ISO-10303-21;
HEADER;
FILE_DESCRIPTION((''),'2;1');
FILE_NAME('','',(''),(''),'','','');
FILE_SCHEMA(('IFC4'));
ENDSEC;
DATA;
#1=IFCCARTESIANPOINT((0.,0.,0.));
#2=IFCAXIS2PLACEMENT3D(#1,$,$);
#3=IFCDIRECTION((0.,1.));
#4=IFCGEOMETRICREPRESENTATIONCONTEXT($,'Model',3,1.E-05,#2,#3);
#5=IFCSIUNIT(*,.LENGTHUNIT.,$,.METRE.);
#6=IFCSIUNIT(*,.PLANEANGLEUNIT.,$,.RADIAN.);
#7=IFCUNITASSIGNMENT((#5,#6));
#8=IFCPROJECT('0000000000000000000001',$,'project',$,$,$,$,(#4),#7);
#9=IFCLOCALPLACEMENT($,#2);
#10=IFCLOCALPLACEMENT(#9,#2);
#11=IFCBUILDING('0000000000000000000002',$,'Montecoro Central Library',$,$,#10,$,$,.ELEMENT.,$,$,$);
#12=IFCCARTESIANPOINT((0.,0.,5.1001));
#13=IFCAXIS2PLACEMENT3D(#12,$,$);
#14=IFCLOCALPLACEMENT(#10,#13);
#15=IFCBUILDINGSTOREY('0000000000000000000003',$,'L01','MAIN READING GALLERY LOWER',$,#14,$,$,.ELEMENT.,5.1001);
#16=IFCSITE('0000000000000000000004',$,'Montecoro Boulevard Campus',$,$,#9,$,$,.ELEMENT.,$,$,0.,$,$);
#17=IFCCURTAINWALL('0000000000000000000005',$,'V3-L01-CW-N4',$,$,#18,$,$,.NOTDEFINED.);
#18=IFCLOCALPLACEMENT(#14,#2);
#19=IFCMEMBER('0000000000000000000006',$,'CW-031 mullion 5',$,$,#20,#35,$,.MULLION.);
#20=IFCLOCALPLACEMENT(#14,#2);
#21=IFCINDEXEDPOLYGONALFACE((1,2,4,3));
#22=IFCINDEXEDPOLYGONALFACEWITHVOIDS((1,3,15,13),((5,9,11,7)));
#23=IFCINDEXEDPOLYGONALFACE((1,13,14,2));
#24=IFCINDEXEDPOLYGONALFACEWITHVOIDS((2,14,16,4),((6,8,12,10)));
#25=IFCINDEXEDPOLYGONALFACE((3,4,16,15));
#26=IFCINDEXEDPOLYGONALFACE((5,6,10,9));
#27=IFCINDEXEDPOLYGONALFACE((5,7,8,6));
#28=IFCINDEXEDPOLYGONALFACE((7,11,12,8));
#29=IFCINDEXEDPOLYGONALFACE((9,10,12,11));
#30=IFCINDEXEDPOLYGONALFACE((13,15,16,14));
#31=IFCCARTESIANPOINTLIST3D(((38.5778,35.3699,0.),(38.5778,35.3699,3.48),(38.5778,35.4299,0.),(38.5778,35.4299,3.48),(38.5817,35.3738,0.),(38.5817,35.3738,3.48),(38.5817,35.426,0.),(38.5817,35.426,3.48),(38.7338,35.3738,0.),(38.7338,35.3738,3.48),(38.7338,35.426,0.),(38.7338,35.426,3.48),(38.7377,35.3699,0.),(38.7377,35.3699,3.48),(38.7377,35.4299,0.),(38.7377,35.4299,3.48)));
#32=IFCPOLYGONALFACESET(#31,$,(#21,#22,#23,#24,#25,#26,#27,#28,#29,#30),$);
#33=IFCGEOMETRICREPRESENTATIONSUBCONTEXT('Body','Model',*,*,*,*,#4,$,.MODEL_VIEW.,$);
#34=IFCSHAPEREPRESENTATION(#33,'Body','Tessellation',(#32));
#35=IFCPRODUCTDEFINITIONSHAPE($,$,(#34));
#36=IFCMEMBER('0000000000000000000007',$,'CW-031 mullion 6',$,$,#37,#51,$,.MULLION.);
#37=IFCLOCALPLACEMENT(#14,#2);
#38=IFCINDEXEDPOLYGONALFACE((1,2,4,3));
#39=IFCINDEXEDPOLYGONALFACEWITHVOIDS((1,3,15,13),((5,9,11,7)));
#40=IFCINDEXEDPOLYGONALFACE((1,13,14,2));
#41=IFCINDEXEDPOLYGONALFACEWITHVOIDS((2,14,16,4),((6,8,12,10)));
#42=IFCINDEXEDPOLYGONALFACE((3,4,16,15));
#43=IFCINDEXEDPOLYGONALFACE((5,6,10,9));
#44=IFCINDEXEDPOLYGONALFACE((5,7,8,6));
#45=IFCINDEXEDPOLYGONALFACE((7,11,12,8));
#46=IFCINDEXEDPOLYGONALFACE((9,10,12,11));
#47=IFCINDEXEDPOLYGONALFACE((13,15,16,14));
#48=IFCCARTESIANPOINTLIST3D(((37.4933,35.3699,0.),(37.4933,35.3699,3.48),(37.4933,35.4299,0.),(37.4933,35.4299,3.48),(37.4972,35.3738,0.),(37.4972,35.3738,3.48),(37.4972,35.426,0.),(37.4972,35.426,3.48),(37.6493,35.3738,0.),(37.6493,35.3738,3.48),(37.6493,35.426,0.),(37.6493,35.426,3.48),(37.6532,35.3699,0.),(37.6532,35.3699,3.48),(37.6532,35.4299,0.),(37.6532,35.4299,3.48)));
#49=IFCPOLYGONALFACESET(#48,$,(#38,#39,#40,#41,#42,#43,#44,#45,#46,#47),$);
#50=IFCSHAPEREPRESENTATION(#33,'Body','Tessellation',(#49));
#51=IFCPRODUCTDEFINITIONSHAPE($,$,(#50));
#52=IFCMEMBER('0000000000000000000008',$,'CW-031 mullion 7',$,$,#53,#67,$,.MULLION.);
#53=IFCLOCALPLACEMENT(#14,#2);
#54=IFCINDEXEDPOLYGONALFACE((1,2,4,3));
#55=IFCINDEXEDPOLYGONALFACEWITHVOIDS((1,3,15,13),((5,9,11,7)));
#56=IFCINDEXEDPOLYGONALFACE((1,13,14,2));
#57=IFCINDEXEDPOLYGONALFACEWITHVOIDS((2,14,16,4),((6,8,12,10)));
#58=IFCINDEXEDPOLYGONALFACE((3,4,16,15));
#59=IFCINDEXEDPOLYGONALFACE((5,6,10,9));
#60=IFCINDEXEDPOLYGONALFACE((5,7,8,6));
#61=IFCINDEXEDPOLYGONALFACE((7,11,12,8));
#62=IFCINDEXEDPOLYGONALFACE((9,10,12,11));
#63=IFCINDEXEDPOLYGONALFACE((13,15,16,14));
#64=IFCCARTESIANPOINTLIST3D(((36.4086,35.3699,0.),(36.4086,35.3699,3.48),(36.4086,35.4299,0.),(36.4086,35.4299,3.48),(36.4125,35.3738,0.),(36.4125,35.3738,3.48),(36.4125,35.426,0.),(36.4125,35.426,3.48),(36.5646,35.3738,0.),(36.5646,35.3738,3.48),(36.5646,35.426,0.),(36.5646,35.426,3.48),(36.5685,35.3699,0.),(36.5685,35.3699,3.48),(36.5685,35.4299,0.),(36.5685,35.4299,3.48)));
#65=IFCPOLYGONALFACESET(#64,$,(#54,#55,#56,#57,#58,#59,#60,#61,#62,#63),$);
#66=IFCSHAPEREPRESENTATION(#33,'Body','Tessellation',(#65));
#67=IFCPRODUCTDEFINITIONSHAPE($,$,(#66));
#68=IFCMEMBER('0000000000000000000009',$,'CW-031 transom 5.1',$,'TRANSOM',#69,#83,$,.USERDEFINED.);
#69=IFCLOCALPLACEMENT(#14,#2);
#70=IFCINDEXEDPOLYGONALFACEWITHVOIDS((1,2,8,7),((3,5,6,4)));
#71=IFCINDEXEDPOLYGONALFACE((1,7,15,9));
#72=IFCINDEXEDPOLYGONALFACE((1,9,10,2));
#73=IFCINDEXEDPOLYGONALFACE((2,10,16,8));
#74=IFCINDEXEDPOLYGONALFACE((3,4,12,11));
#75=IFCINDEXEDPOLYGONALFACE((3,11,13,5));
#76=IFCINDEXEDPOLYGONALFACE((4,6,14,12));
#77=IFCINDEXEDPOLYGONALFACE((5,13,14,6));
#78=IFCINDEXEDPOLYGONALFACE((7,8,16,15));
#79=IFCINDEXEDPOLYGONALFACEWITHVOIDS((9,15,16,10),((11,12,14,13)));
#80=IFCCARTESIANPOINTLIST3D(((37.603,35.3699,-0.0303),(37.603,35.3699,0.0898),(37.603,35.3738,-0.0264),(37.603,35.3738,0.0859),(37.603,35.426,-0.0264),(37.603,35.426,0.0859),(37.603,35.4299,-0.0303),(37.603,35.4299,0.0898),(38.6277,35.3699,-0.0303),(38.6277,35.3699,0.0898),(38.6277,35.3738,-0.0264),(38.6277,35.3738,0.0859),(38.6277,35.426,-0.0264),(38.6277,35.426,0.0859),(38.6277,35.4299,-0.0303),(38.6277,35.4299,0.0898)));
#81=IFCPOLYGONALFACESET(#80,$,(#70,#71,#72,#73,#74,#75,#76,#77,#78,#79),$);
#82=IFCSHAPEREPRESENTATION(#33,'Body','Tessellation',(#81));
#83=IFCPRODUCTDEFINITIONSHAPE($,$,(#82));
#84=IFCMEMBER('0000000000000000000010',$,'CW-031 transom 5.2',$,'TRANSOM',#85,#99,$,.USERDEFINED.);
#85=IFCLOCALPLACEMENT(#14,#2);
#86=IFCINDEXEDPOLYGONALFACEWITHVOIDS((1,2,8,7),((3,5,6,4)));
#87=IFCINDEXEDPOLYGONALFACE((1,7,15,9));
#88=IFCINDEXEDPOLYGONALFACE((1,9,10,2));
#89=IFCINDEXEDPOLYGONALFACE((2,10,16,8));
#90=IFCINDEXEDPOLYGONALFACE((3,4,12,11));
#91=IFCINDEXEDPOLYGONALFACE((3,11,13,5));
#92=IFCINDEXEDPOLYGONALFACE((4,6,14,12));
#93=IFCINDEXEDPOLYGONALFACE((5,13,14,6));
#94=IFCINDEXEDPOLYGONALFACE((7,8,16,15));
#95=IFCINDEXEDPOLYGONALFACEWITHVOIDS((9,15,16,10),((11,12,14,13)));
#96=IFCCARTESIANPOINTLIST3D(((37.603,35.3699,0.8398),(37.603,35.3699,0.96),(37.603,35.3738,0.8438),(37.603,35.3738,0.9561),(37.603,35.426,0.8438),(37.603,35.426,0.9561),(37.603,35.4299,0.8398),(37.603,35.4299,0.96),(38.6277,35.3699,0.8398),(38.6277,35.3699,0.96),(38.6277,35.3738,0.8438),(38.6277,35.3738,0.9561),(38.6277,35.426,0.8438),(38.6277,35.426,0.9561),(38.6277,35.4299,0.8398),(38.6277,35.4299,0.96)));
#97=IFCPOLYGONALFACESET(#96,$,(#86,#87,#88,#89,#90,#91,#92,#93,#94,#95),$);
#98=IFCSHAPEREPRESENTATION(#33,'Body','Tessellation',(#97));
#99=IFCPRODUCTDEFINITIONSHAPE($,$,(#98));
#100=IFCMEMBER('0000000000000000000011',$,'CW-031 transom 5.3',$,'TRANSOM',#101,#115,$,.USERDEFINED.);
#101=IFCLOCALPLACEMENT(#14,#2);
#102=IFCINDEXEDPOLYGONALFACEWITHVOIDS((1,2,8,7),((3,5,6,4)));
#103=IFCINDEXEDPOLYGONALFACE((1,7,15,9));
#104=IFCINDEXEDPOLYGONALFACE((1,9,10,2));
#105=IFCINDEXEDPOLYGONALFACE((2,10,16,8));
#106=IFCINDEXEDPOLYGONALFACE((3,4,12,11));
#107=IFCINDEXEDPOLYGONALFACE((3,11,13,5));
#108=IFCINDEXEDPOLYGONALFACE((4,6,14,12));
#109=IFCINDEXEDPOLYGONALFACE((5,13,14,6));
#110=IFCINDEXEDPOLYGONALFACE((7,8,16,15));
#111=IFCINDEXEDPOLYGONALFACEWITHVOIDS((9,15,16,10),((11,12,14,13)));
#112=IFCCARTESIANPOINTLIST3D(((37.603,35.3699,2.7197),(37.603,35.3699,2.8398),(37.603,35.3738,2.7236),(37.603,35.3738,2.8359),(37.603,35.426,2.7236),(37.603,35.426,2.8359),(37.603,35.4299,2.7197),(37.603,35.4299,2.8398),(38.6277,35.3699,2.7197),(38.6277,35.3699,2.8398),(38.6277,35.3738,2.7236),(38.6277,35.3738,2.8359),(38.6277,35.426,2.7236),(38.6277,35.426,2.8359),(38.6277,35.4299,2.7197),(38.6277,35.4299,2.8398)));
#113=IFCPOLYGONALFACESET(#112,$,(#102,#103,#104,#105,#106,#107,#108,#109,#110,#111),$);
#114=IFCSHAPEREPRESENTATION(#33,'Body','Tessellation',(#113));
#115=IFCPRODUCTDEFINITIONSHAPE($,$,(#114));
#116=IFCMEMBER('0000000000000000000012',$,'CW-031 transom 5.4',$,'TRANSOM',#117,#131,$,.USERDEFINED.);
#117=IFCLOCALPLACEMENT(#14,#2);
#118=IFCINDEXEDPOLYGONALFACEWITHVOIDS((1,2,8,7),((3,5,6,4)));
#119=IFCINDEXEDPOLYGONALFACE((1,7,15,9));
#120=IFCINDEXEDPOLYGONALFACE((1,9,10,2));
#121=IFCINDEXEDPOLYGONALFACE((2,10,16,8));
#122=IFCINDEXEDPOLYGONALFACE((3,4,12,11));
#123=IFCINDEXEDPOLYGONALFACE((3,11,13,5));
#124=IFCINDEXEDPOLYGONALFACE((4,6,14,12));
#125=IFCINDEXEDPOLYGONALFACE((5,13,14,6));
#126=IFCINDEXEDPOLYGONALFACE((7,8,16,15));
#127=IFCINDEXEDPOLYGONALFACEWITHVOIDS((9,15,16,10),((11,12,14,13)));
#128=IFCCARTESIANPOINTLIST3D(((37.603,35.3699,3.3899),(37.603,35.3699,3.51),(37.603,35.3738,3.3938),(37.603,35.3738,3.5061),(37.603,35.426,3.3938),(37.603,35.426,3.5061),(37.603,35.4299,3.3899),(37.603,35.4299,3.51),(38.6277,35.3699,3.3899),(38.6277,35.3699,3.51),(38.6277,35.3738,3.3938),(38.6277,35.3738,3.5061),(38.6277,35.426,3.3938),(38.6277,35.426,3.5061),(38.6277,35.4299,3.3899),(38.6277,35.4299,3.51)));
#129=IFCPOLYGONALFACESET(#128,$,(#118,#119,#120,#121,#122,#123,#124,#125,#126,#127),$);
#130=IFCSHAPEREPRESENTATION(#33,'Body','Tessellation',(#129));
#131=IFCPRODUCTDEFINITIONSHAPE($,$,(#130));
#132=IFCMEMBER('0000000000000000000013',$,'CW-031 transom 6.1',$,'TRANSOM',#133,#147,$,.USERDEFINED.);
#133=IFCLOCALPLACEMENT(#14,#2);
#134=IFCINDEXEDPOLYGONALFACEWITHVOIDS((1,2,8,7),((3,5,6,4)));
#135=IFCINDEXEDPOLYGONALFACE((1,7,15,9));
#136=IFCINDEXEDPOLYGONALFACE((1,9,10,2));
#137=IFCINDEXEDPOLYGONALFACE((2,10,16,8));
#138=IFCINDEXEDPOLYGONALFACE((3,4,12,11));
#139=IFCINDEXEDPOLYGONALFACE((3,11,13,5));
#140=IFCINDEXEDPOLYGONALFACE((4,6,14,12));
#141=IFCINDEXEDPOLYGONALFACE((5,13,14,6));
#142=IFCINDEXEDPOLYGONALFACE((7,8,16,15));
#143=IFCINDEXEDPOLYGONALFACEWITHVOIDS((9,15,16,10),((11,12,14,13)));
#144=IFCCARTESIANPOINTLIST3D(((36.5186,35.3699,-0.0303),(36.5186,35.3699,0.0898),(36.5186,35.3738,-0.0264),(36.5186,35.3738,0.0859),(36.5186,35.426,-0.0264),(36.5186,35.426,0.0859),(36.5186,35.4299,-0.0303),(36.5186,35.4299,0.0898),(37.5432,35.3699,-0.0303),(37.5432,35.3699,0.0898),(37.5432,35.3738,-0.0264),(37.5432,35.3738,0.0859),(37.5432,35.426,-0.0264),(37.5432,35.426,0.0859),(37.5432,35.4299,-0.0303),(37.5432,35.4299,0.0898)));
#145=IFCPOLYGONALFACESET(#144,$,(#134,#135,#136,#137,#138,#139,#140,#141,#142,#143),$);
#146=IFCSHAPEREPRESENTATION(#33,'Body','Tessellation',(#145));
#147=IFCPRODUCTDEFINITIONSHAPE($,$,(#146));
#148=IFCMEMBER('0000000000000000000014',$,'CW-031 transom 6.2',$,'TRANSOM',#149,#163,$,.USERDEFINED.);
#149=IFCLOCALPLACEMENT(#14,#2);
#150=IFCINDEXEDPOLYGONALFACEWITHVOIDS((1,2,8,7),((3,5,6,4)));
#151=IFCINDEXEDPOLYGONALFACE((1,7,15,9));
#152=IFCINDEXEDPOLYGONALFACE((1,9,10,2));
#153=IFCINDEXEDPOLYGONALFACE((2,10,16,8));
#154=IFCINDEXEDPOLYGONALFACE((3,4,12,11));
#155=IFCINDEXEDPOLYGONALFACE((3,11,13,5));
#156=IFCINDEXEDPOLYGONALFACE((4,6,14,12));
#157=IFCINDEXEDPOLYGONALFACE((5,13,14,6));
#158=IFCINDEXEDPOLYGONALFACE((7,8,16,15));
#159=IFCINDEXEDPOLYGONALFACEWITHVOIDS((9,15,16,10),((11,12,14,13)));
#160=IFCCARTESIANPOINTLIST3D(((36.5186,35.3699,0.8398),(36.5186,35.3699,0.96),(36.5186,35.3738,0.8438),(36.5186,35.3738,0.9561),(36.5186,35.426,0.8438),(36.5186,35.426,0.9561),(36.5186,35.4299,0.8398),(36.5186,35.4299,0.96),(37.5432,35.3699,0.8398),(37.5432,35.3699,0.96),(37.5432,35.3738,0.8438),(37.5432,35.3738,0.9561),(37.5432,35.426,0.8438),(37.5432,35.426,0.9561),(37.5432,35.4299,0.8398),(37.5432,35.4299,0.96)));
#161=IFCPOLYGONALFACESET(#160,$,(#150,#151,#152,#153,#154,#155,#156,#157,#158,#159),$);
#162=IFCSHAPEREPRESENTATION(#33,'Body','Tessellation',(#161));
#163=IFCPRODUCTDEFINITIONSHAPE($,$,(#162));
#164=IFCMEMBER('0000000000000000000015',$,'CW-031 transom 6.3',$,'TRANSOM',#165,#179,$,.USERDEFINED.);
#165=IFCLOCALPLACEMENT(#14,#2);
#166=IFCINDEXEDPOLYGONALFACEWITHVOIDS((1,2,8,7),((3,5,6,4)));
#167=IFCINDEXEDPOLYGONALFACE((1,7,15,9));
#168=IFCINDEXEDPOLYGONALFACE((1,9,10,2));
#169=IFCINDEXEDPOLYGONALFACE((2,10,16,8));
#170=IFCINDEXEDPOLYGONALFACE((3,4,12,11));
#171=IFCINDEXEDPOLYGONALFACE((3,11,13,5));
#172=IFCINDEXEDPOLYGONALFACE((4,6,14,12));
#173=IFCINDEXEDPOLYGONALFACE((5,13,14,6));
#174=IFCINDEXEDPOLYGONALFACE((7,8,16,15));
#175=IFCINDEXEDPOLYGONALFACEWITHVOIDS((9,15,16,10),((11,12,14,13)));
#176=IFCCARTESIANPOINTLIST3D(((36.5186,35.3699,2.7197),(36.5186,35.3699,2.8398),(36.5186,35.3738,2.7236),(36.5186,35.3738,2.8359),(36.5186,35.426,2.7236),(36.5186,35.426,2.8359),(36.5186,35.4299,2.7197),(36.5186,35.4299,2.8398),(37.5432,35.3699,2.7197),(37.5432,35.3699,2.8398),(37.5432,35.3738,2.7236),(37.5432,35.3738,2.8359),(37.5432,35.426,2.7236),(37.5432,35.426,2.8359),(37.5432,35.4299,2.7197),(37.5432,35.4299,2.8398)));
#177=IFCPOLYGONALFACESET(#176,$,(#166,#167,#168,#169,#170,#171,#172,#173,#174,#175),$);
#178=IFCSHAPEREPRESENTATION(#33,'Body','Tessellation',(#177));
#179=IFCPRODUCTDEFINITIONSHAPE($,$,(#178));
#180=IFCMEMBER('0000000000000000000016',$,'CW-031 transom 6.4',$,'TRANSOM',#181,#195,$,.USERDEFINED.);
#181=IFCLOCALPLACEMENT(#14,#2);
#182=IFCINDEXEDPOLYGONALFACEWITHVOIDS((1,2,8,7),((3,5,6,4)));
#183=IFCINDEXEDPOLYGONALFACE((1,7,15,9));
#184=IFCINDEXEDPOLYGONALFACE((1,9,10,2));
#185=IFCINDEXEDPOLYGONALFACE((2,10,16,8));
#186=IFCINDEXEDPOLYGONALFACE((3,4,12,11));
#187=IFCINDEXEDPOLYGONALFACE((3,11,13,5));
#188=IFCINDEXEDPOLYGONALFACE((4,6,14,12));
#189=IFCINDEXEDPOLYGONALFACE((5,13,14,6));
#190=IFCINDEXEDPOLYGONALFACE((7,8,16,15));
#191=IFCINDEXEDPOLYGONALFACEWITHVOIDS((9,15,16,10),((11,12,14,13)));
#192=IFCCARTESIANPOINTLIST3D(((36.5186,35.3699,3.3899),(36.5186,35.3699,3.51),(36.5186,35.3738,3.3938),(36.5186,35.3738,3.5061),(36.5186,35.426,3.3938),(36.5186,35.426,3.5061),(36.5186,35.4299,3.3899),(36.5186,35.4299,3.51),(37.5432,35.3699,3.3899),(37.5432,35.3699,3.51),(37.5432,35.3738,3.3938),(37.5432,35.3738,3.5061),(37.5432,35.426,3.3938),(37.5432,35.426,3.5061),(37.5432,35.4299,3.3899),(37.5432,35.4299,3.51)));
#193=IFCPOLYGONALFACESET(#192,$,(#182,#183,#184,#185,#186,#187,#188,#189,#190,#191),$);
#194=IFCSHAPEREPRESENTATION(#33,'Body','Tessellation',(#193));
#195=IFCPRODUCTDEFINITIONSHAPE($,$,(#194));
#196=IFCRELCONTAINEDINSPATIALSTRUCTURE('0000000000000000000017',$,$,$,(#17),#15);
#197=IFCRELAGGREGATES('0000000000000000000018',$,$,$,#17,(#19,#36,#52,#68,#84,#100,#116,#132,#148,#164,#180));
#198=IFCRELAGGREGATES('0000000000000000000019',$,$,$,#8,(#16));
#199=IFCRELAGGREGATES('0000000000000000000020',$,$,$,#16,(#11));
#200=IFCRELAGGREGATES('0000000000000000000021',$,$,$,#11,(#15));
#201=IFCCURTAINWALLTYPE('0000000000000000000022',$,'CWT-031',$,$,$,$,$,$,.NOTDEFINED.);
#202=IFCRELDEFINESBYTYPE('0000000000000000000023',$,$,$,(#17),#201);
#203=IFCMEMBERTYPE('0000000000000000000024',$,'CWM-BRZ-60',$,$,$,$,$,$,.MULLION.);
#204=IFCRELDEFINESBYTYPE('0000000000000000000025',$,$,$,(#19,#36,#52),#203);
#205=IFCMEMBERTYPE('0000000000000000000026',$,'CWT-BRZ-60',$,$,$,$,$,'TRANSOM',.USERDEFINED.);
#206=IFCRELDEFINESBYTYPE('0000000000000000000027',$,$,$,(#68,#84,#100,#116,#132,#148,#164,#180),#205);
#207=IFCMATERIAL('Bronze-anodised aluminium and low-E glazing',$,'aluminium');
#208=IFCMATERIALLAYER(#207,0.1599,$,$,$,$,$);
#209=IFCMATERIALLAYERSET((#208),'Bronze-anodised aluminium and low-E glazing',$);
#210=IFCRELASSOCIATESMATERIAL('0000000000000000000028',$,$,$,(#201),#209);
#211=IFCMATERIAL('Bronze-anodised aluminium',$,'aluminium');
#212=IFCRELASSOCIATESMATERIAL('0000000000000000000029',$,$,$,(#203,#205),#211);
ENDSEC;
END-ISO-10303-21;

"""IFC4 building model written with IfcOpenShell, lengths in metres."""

from ifc_helpers import new_model, si_unit, direction, frame, origin, origin_2d, place, context, subcontext, project, spatial, hollow_rectangle, extrude, material, layer, layer_set, material_profile, profile_set, type_object, element, aggregate, save


model = new_model("IFC4")

# Units and contexts
model_context = context("Model", 3, precision=1e-05, world=origin(), true_north=direction((0.0, 1.0)))
body_context = subcontext(model_context, "Body", "Model", "MODEL_VIEW")
ifc_project = project(units=[si_unit("LENGTHUNIT", "METRE"), si_unit("PLANEANGLEUNIT", "RADIAN")], contexts=[model_context])

# Site, building, storey
site_placement = place(None, origin())
site = spatial("IfcSite", under=ifc_project, at=site_placement, Name="Montecoro Boulevard Campus", CompositionType="ELEMENT", RefElevation=0.0)
building_placement = place(site_placement, origin())
building = spatial("IfcBuilding", under=site, at=building_placement, Name="Montecoro Central Library", CompositionType="ELEMENT")
storey_placement = place(building_placement, frame((0.0, 0.0, 5.1001)))
storey = spatial("IfcBuildingStorey", under=building, at=storey_placement, Name="L01", Description="MAIN READING GALLERY LOWER", CompositionType="ELEMENT", Elevation=5.1001)

# Curtain wall, members
ifc_material_1 = material(Name="Bronze-anodised aluminium and low-E glazing", Category="aluminium")
ifc_layer_1 = layer(ifc_material_1, 0.1599)
ifc_layer_set_1 = layer_set([ifc_layer_1], Name="Bronze-anodised aluminium and low-E glazing")
curtain_wall_type = type_object("IfcCurtainWallType", Name="CWT-031", PredefinedType="NOTDEFINED", material=ifc_layer_set_1)
curtain_wall_placement = place(storey_placement, origin())
curtain_wall = element("IfcCurtainWall", 1, at=curtain_wall_placement, inside=storey, type_object=curtain_wall_type, Name="V3-L01-CW-N4", PredefinedType="NOTDEFINED")
ifc_material_2 = material(Name="Bronze-anodised aluminium", Category="aluminium")
ifc_material_profile_1 = material_profile(ifc_material_2, hollow_rectangle(XDim=0.0601, YDim=0.1599, WallThickness=0.0039, at=origin_2d()), Name="CWM 160x60x4.0")
ifc_profile_set_1 = profile_set([ifc_material_profile_1], Name="Bronze-anodised aluminium")
member_type_1 = type_object("IfcMemberType", Name="CWM-BRZ-60", PredefinedType="MULLION", material=ifc_profile_set_1)
member_1_placement = place(storey_placement, frame((38.6577, 35.3999, 0.0), z_axis=(0.0, 0.0, 1.0), x_axis=(0.0, -1.0, 0.0)))
member_1 = element("IfcMember", 2, at=member_1_placement, type_object=member_type_1, Name="CW-031 mullion 5", PredefinedType="MULLION", context=body_context, shape_type="SweptSolid", body=[
    extrude(hollow_rectangle(XDim=0.0601, YDim=0.1599, WallThickness=0.0039, at=origin_2d()), origin(), (0.0, 0.0, 1.0), 3.48),
])
member_2_placement = place(storey_placement, frame((37.5732, 35.3999, 0.0), z_axis=(0.0, 0.0, 1.0), x_axis=(0.0, -1.0, 0.0)))
member_2 = element("IfcMember", 3, at=member_2_placement, type_object=member_type_1, Name="CW-031 mullion 6", PredefinedType="MULLION", context=body_context, shape_type="SweptSolid", body=[
    extrude(hollow_rectangle(XDim=0.0601, YDim=0.1599, WallThickness=0.0039, at=origin_2d()), origin(), (0.0, 0.0, 1.0), 3.48),
])
member_3_placement = place(storey_placement, frame((36.4885, 35.3999, 0.0), z_axis=(0.0, 0.0, 1.0), x_axis=(0.0, -1.0, 0.0)))
member_3 = element("IfcMember", 4, at=member_3_placement, type_object=member_type_1, Name="CW-031 mullion 7", PredefinedType="MULLION", context=body_context, shape_type="SweptSolid", body=[
    extrude(hollow_rectangle(XDim=0.0601, YDim=0.1599, WallThickness=0.0039, at=origin_2d()), origin(), (0.0, 0.0, 1.0), 3.48),
])
ifc_material_profile_2 = material_profile(ifc_material_2, hollow_rectangle(XDim=0.0601, YDim=0.1201, WallThickness=0.0039, at=origin_2d()), Name="CWT 120x60x4.0")
ifc_profile_set_2 = profile_set([ifc_material_profile_2], Name="Bronze-anodised aluminium")
member_type_2 = type_object("IfcMemberType", Name="CWT-BRZ-60", ElementType="TRANSOM", PredefinedType="USERDEFINED", material=ifc_profile_set_2)
member_4_placement = place(storey_placement, frame((38.6277, 35.3999, 0.0298), z_axis=(-1.0, 0.0, 0.0), x_axis=(0.0, -1.0, 0.0)))
member_4 = element("IfcMember", 5, at=member_4_placement, type_object=member_type_2, Name="CW-031 transom 5.1", ObjectType="TRANSOM", PredefinedType="USERDEFINED", context=body_context, shape_type="SweptSolid", body=[
    extrude(hollow_rectangle(XDim=0.0601, YDim=0.1201, WallThickness=0.0039, at=origin_2d()), origin(), (0.0, 0.0, 1.0), 1.0247),
])
member_5_placement = place(storey_placement, frame((38.6277, 35.3999, 0.8999), z_axis=(-1.0, 0.0, 0.0), x_axis=(0.0, -1.0, 0.0)))
member_5 = element("IfcMember", 6, at=member_5_placement, type_object=member_type_2, Name="CW-031 transom 5.2", ObjectType="TRANSOM", PredefinedType="USERDEFINED", context=body_context, shape_type="SweptSolid", body=[
    extrude(hollow_rectangle(XDim=0.0601, YDim=0.1201, WallThickness=0.0039, at=origin_2d()), origin(), (0.0, 0.0, 1.0), 1.0247),
])
member_6_placement = place(storey_placement, frame((38.6277, 35.3999, 2.7798), z_axis=(-1.0, 0.0, 0.0), x_axis=(0.0, -1.0, 0.0)))
member_6 = element("IfcMember", 7, at=member_6_placement, type_object=member_type_2, Name="CW-031 transom 5.3", ObjectType="TRANSOM", PredefinedType="USERDEFINED", context=body_context, shape_type="SweptSolid", body=[
    extrude(hollow_rectangle(XDim=0.0601, YDim=0.1201, WallThickness=0.0039, at=origin_2d()), origin(), (0.0, 0.0, 1.0), 1.0247),
])
member_7_placement = place(storey_placement, frame((38.6277, 35.3999, 3.45), z_axis=(-1.0, 0.0, 0.0), x_axis=(0.0, -1.0, 0.0)))
member_7 = element("IfcMember", 8, at=member_7_placement, type_object=member_type_2, Name="CW-031 transom 5.4", ObjectType="TRANSOM", PredefinedType="USERDEFINED", context=body_context, shape_type="SweptSolid", body=[
    extrude(hollow_rectangle(XDim=0.0601, YDim=0.1201, WallThickness=0.0039, at=origin_2d()), origin(), (0.0, 0.0, 1.0), 1.0247),
])
member_8_placement = place(storey_placement, frame((37.5432, 35.3999, 0.0298), z_axis=(-1.0, 0.0, 0.0), x_axis=(0.0, -1.0, 0.0)))
member_8 = element("IfcMember", 9, at=member_8_placement, type_object=member_type_2, Name="CW-031 transom 6.1", ObjectType="TRANSOM", PredefinedType="USERDEFINED", context=body_context, shape_type="SweptSolid", body=[
    extrude(hollow_rectangle(XDim=0.0601, YDim=0.1201, WallThickness=0.0039, at=origin_2d()), origin(), (0.0, 0.0, 1.0), 1.0247),
])
member_9_placement = place(storey_placement, frame((37.5432, 35.3999, 0.8999), z_axis=(-1.0, 0.0, 0.0), x_axis=(0.0, -1.0, 0.0)))
member_9 = element("IfcMember", 10, at=member_9_placement, type_object=member_type_2, Name="CW-031 transom 6.2", ObjectType="TRANSOM", PredefinedType="USERDEFINED", context=body_context, shape_type="SweptSolid", body=[
    extrude(hollow_rectangle(XDim=0.0601, YDim=0.1201, WallThickness=0.0039, at=origin_2d()), origin(), (0.0, 0.0, 1.0), 1.0247),
])
member_10_placement = place(storey_placement, frame((37.5432, 35.3999, 2.7798), z_axis=(-1.0, 0.0, 0.0), x_axis=(0.0, -1.0, 0.0)))
member_10 = element("IfcMember", 11, at=member_10_placement, type_object=member_type_2, Name="CW-031 transom 6.3", ObjectType="TRANSOM", PredefinedType="USERDEFINED", context=body_context, shape_type="SweptSolid", body=[
    extrude(hollow_rectangle(XDim=0.0601, YDim=0.1201, WallThickness=0.0039, at=origin_2d()), origin(), (0.0, 0.0, 1.0), 1.0247),
])
member_11_placement = place(storey_placement, frame((37.5432, 35.3999, 3.45), z_axis=(-1.0, 0.0, 0.0), x_axis=(0.0, -1.0, 0.0)))
member_11 = element("IfcMember", 12, at=member_11_placement, type_object=member_type_2, Name="CW-031 transom 6.4", ObjectType="TRANSOM", PredefinedType="USERDEFINED", context=body_context, shape_type="SweptSolid", body=[
    extrude(hollow_rectangle(XDim=0.0601, YDim=0.1201, WallThickness=0.0039, at=origin_2d()), origin(), (0.0, 0.0, 1.0), 1.0247),
])
aggregate(curtain_wall, [member_1, member_2, member_3, member_4, member_5, member_6, member_7, member_8, member_9, member_10, member_11])

save(model, "model.ifc")
